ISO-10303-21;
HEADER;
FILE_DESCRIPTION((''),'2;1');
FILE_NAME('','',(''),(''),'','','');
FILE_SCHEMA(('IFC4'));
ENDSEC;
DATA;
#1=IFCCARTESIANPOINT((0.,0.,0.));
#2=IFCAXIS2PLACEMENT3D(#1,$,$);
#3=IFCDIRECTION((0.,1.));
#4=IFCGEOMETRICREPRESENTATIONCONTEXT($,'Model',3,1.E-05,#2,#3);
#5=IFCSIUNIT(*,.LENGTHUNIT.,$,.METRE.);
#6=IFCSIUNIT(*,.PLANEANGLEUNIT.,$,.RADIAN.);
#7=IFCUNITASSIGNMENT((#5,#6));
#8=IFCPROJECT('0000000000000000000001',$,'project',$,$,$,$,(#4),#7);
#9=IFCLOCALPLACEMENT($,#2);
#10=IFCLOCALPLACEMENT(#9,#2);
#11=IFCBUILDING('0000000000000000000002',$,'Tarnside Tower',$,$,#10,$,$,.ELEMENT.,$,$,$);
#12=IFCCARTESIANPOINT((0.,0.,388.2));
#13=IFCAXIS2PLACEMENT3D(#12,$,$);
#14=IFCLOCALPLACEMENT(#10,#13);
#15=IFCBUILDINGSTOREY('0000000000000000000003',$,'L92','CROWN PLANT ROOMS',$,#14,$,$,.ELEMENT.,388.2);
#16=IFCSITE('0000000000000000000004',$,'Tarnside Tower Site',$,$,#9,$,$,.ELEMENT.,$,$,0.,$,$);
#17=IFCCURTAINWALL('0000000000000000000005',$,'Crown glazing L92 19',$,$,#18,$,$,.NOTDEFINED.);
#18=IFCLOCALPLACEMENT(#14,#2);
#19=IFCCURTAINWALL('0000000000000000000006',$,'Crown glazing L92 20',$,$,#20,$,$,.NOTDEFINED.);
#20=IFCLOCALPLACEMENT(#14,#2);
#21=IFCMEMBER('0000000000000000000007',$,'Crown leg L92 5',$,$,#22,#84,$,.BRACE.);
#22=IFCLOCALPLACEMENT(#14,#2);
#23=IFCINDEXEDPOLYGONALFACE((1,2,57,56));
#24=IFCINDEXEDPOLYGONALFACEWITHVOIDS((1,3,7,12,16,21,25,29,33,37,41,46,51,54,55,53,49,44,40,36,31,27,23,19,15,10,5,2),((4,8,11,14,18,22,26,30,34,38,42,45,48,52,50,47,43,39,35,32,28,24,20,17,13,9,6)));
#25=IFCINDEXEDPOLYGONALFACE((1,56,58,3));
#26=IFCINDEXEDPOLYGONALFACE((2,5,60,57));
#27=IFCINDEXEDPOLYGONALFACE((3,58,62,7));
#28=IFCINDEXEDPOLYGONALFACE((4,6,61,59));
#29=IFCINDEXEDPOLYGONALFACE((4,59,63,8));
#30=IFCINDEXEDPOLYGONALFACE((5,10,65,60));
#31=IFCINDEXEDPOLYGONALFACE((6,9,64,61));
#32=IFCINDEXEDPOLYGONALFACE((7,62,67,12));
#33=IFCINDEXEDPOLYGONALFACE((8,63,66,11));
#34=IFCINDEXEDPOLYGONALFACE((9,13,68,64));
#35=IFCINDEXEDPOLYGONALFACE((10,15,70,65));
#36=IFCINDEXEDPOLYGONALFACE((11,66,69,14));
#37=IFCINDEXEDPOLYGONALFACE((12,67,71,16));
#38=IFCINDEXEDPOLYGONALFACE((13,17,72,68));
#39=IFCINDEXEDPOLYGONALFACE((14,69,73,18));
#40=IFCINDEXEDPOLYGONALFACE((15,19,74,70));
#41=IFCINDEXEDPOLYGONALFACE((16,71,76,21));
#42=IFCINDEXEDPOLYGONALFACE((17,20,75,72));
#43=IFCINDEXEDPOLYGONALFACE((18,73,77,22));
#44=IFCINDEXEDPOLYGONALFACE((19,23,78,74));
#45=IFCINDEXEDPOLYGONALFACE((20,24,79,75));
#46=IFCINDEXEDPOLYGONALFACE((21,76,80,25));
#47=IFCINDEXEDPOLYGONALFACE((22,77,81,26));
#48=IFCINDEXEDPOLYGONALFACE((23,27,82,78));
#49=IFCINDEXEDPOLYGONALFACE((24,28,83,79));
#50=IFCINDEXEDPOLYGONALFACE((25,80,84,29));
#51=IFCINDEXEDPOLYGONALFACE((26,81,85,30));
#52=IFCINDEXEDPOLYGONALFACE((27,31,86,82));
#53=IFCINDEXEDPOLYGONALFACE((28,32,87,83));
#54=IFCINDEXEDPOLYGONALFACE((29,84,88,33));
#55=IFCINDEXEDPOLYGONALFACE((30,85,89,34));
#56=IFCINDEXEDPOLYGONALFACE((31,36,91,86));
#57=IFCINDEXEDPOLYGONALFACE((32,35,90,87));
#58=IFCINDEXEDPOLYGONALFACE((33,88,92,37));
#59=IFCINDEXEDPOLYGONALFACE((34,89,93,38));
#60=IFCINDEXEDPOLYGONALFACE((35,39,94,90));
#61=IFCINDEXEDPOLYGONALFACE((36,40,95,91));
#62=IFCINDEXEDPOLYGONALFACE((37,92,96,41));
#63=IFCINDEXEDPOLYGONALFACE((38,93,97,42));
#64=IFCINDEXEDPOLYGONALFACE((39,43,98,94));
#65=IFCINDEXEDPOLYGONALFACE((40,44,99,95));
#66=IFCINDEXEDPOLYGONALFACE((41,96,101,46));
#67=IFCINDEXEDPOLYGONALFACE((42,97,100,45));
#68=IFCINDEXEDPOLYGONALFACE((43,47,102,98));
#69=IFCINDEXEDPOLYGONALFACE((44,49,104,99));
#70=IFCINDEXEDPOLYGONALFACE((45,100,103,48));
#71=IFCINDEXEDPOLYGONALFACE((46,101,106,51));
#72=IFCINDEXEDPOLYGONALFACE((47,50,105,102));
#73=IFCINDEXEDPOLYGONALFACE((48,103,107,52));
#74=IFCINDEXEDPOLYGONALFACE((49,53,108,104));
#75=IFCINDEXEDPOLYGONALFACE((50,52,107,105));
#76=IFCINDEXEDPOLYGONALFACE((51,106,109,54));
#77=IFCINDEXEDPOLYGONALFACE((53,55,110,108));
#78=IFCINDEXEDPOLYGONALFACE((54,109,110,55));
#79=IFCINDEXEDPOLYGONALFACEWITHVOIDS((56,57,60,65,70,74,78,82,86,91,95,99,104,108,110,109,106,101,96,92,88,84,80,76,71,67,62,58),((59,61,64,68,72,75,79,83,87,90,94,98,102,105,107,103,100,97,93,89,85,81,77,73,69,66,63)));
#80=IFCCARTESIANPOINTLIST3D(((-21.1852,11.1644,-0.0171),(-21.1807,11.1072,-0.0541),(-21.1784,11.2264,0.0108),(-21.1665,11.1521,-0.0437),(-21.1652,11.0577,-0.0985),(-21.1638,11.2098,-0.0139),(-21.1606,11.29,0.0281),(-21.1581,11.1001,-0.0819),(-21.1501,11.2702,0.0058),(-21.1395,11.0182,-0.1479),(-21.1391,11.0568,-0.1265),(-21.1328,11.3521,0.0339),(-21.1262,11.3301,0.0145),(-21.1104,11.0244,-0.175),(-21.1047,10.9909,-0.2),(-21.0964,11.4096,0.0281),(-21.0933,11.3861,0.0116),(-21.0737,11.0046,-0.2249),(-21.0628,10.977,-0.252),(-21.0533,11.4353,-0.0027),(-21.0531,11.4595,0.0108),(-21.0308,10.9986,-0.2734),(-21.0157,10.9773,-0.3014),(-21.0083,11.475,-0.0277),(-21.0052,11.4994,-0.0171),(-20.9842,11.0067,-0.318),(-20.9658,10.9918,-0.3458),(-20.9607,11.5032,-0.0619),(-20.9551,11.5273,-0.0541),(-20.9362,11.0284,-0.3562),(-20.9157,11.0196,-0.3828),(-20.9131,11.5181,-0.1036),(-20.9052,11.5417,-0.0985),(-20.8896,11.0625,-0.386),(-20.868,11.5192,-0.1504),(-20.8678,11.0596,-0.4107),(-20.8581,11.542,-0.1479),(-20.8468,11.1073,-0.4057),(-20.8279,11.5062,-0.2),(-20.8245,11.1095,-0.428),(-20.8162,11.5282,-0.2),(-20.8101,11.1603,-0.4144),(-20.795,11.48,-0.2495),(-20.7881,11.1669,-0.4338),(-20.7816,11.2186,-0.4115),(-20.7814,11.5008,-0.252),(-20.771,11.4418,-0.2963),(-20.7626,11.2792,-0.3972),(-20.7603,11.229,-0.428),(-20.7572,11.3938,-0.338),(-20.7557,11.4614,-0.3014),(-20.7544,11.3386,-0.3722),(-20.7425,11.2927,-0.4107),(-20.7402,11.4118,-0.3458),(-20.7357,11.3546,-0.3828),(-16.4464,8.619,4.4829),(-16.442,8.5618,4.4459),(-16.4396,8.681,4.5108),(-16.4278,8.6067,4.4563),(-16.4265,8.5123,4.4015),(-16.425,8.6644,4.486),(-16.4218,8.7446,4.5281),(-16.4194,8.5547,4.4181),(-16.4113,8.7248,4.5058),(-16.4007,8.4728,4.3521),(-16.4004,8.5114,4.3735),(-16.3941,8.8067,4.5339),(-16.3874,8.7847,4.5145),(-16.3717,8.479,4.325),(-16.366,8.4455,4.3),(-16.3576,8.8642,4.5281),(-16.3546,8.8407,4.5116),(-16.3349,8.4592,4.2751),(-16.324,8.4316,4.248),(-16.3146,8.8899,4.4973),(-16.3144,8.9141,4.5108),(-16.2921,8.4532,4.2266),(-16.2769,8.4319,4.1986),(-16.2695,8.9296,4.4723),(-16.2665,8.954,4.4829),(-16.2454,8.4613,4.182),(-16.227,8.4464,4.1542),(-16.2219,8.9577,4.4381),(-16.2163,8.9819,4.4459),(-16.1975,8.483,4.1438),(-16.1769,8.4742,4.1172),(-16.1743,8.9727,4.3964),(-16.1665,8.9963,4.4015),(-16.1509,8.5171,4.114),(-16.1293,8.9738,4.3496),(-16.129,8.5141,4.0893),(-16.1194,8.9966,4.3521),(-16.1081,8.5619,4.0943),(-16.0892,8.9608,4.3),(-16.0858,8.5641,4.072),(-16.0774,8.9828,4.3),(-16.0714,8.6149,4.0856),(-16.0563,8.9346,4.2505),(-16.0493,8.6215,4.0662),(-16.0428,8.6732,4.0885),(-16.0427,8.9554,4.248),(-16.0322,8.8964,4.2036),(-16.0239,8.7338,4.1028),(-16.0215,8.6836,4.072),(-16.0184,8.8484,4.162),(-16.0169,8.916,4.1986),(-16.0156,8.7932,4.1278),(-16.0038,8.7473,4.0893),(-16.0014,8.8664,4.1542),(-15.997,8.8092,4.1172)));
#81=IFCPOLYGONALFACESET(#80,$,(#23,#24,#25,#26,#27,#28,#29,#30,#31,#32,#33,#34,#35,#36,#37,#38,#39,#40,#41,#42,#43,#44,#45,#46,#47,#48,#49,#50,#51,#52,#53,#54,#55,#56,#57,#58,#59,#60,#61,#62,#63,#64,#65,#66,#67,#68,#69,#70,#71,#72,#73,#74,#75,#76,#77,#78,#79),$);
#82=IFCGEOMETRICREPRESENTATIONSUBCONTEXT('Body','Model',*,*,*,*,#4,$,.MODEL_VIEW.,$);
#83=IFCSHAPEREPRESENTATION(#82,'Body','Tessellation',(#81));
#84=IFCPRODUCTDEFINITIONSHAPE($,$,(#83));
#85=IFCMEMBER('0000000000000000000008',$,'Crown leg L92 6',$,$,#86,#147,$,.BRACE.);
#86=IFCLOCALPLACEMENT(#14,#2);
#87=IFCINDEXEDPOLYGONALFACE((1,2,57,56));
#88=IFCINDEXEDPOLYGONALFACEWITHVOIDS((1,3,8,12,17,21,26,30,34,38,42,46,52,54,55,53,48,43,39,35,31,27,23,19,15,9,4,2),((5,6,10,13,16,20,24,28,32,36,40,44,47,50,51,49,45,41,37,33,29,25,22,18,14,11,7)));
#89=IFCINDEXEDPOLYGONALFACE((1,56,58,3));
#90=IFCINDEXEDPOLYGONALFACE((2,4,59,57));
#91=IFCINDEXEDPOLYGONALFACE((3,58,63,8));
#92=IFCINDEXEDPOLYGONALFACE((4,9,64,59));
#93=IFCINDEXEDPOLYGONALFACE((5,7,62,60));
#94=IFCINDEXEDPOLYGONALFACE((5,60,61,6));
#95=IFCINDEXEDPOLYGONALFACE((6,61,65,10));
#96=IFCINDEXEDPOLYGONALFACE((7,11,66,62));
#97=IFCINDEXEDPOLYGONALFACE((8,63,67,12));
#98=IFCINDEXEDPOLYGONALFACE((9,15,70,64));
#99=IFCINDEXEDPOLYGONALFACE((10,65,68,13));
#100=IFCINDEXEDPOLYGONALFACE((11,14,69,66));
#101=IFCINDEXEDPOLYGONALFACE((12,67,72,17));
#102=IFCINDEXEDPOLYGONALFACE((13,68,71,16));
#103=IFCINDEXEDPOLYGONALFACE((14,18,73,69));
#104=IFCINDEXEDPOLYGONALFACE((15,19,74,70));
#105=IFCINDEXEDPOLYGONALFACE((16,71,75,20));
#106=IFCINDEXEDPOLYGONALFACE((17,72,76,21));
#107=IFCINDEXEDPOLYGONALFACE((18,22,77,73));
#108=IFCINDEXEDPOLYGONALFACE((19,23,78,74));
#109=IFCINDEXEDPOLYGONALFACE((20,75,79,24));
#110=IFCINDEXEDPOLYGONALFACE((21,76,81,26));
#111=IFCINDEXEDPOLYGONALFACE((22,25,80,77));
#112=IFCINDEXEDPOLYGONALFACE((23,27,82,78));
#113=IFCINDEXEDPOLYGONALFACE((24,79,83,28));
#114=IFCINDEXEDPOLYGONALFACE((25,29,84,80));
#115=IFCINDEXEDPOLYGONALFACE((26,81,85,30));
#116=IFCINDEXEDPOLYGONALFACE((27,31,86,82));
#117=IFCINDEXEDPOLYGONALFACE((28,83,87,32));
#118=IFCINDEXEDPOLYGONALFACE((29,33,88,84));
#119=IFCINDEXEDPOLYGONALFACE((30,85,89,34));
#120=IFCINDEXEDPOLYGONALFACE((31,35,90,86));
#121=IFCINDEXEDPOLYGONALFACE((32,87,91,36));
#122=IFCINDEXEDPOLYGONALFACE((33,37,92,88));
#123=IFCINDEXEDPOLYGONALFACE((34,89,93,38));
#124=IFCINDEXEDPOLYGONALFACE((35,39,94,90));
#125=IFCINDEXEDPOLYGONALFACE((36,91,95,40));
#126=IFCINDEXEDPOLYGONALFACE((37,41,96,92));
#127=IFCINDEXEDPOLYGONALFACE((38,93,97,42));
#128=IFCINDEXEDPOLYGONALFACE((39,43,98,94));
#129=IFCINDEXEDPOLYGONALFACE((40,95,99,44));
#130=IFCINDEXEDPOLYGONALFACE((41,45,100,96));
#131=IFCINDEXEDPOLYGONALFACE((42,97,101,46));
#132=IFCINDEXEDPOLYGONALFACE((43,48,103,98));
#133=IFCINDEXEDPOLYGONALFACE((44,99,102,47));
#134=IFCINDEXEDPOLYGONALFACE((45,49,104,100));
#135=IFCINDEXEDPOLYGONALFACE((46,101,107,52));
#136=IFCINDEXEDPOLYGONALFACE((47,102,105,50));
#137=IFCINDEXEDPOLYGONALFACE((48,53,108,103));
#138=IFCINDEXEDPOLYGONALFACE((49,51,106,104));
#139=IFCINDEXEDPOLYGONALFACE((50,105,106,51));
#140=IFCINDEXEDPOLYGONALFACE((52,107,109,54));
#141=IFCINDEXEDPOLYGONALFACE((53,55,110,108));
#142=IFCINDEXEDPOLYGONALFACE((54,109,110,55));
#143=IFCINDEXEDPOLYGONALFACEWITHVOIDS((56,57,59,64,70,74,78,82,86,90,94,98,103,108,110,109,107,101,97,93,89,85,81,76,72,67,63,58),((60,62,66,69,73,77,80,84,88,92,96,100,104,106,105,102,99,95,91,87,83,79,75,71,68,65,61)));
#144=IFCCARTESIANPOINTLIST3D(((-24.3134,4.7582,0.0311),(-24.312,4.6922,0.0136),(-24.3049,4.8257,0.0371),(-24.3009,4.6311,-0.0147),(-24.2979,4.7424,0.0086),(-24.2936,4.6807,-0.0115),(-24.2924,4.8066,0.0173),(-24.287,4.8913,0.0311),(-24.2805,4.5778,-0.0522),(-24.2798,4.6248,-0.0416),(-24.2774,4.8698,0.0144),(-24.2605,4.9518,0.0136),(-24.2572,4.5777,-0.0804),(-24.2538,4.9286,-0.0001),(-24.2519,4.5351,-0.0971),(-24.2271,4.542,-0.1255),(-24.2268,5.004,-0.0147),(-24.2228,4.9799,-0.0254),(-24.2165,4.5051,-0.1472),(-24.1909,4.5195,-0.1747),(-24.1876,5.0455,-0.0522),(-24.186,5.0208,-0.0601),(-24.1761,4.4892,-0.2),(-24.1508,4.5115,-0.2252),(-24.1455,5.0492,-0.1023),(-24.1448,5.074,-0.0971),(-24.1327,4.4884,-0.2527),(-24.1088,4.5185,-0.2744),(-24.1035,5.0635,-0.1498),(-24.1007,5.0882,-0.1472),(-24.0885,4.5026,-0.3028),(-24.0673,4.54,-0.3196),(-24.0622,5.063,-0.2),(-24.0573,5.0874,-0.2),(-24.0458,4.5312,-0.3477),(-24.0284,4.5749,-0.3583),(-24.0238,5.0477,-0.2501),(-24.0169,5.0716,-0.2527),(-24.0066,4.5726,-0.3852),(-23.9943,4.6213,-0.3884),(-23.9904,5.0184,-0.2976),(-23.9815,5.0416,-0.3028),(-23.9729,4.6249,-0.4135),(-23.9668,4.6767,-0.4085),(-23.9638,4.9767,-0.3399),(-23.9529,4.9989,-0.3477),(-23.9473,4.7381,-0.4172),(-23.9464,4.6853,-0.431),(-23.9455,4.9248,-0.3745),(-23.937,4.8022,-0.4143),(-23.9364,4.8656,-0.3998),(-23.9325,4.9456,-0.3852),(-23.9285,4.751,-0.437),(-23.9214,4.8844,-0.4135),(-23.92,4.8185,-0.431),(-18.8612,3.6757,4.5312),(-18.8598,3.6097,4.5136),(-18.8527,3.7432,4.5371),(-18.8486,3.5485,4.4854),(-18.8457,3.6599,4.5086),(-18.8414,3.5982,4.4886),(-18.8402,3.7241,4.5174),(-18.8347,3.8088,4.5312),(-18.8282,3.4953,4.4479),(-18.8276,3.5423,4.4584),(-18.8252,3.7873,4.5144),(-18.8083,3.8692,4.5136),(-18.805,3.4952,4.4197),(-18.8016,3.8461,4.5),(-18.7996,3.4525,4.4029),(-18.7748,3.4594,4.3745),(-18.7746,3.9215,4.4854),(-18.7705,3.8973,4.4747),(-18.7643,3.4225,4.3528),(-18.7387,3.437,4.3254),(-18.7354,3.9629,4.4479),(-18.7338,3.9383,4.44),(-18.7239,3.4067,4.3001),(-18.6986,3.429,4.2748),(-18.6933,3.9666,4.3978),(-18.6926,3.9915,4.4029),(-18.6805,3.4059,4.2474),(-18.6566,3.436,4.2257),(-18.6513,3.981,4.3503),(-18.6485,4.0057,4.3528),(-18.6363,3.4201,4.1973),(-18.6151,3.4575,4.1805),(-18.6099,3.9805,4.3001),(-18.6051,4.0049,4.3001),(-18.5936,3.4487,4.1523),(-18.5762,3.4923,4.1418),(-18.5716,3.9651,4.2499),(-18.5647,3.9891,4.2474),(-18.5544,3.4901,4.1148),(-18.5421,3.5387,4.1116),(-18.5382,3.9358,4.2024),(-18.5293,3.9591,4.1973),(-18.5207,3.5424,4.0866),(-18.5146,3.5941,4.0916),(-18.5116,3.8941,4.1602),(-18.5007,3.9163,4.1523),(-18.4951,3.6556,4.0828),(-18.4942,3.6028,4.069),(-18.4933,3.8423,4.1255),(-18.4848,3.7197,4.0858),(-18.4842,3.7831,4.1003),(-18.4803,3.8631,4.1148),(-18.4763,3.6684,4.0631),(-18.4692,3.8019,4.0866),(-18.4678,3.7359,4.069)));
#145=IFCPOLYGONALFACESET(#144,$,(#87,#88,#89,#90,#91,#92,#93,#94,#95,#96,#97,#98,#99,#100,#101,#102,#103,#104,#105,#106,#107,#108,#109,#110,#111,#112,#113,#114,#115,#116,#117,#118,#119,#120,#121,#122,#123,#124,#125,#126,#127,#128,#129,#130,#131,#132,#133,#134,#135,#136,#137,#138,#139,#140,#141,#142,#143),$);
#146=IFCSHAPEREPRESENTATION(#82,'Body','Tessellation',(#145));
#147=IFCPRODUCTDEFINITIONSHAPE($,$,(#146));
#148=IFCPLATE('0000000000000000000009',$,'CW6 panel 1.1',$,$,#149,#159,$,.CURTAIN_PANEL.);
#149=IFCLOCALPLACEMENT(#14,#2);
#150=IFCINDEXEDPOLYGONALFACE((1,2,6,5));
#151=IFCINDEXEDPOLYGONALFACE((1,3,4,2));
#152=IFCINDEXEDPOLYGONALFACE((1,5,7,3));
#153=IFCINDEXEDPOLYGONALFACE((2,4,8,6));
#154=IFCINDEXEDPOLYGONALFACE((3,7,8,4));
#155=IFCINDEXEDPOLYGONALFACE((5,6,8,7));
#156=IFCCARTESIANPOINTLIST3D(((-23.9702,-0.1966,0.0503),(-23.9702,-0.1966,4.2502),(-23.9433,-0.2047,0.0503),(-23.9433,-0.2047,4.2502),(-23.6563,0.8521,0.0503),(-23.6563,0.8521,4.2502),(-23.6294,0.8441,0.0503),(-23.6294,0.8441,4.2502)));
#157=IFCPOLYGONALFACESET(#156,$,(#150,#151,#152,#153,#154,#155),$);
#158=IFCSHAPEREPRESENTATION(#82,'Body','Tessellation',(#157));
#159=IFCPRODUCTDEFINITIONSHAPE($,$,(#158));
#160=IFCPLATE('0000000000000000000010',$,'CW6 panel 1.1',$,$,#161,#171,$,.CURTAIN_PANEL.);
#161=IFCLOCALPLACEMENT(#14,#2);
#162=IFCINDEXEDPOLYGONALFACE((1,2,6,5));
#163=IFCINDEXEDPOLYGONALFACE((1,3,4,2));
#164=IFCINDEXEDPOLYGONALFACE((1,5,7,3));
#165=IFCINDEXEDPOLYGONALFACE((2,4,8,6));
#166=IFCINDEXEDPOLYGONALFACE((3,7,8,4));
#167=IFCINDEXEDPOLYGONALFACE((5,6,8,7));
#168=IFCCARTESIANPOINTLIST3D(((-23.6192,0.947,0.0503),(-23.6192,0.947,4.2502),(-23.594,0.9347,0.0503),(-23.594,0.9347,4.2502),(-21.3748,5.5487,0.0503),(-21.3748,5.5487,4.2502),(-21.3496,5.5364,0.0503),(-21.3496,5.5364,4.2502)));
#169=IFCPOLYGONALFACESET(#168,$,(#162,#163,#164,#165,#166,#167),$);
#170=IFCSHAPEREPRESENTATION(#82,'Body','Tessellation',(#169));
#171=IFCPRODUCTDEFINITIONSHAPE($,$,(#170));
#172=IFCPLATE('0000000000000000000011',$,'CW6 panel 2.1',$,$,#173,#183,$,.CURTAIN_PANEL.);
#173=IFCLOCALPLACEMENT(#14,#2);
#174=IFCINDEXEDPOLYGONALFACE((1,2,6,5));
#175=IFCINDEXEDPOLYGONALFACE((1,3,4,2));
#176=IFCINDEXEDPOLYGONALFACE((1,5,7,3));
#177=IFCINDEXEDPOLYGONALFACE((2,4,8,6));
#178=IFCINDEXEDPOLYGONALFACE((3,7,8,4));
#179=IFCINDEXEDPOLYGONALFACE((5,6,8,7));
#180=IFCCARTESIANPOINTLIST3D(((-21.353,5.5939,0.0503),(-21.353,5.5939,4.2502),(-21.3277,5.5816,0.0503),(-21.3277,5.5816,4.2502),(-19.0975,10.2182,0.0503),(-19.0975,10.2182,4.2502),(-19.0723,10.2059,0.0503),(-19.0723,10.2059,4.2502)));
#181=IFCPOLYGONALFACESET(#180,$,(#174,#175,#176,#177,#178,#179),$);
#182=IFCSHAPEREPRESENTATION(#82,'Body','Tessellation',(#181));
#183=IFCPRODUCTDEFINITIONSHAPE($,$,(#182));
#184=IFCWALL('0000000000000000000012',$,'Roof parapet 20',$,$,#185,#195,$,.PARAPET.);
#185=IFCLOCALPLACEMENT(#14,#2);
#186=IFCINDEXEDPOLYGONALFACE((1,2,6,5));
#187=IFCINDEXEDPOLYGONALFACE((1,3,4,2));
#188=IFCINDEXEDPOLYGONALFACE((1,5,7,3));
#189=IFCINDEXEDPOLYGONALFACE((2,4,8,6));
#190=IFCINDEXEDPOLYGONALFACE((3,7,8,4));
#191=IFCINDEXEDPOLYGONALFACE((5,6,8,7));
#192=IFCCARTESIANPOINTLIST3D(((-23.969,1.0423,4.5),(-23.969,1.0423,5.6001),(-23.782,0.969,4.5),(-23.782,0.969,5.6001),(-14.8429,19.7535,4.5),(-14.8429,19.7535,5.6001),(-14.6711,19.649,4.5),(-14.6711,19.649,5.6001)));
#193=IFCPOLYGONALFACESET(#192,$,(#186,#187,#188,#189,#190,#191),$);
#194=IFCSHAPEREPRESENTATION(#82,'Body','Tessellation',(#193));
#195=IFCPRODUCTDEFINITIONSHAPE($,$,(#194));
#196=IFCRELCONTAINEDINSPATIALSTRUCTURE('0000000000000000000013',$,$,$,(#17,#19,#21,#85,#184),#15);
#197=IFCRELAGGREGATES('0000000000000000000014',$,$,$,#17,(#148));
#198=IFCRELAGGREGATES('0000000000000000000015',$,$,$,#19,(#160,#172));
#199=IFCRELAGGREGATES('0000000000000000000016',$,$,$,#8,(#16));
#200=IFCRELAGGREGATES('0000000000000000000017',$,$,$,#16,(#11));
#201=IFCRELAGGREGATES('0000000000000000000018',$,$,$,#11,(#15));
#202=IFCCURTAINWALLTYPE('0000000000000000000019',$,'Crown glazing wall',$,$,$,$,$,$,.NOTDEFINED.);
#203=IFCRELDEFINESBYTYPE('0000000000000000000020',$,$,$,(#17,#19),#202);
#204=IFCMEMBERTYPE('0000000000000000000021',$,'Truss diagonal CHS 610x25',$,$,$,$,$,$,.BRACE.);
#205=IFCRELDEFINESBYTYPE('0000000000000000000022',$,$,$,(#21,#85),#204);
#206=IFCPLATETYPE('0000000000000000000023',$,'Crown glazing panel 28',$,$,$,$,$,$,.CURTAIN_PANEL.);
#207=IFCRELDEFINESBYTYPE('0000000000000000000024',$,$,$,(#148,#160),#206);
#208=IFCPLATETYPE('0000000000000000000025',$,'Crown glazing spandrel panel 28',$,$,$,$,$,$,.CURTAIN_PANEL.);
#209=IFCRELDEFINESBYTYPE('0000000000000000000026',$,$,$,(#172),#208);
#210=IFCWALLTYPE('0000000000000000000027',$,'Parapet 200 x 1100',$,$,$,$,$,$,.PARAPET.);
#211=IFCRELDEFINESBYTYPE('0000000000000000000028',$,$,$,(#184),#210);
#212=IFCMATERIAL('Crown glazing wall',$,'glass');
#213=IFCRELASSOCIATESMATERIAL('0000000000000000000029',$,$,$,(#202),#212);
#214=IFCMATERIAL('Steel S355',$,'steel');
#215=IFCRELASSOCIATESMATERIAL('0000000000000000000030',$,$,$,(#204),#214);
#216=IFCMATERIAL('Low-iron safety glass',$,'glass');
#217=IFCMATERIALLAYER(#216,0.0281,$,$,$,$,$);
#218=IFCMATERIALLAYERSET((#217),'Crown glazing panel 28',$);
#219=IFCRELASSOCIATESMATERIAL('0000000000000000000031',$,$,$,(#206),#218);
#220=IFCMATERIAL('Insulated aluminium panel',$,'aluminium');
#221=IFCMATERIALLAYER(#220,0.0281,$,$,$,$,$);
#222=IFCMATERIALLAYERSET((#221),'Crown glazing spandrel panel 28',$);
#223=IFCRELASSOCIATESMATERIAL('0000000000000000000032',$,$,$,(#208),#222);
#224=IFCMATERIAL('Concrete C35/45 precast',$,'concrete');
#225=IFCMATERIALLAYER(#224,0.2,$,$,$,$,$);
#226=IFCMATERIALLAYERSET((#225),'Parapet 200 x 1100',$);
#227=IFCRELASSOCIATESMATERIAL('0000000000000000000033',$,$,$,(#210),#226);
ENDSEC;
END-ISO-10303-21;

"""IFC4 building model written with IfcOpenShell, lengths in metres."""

from ifc_helpers import new_model, si_unit, direction, frame, origin, origin_2d, place, context, subcontext, project, spatial, polyline, rectangle, hollow_circle, outline, extrude, material, layer, layer_set, material_profile, profile_set, type_object, element, aggregate, save


model = new_model("IFC4")

# Units and contexts
model_context = context("Model", 3, precision=1e-05, world=origin(), true_north=direction((0.0, 1.0)))
body_context = subcontext(model_context, "Body", "Model", "MODEL_VIEW")
ifc_project = project(units=[si_unit("LENGTHUNIT", "METRE"), si_unit("PLANEANGLEUNIT", "RADIAN")], contexts=[model_context])

# Site, building, storey
site_placement = place(None, origin())
site = spatial("IfcSite", under=ifc_project, at=site_placement, Name="Tarnside Tower Site", CompositionType="ELEMENT", RefElevation=0.0)
building_placement = place(site_placement, origin())
building = spatial("IfcBuilding", under=site, at=building_placement, Name="Tarnside Tower", CompositionType="ELEMENT")
storey_placement = place(building_placement, frame((0.0, 0.0, 388.2)))
storey = spatial("IfcBuildingStorey", under=building, at=storey_placement, Name="L92", Description="CROWN PLANT ROOMS", CompositionType="ELEMENT", Elevation=388.2)

# Curtain wall
ifc_material_1 = material(Name="Crown glazing wall", Category="glass")
curtain_wall_type = type_object("IfcCurtainWallType", Name="Crown glazing wall", PredefinedType="NOTDEFINED", material=ifc_material_1)
curtain_wall_1_placement = place(storey_placement, origin())
curtain_wall_1 = element("IfcCurtainWall", 1, at=curtain_wall_1_placement, inside=storey, type_object=curtain_wall_type, Name="Crown glazing L92 19", PredefinedType="NOTDEFINED")

# Curtain wall
curtain_wall_2_placement = place(storey_placement, origin())
curtain_wall_2 = element("IfcCurtainWall", 2, at=curtain_wall_2_placement, inside=storey, type_object=curtain_wall_type, Name="Crown glazing L92 20", PredefinedType="NOTDEFINED")

# Shared definitions
ifc_material_2 = material(Name="Steel S355", Category="steel")

# Members
ifc_material_profile_1 = material_profile(ifc_material_2, hollow_circle(Radius=0.3049, WallThickness=0.0249, at=origin_2d()), Name="CHS 610x25")
ifc_profile_set_1 = profile_set([ifc_material_profile_1], Name="Steel S355")
member_type_1 = type_object("IfcMemberType", Name="Truss diagonal CHS 610x25", PredefinedType="BRACE", material=ifc_profile_set_1)
member_1_placement = place(storey_placement, frame((-20.9604, 11.2595, -0.2), z_axis=(0.675692, -0.362945, 0.641647), x_axis=(0.473201, 0.880954, 0.0)))
element("IfcMember", 3, at=member_1_placement, inside=storey, type_object=member_type_1, Name="Crown leg L92 5", PredefinedType="BRACE", context=body_context, shape_type="SweptSolid", body=[
    extrude(hollow_circle(Radius=0.3049, WallThickness=0.0249, at=origin_2d()), origin(), (0.0, 0.0, 1.0), 7.0132),
])
member_2_placement = place(storey_placement, frame((-24.1167, 4.7883, -0.2), z_axis=(0.76235, -0.151364, 0.629215), x_axis=(0.194748, 0.980853, 0.0)))
element("IfcMember", 4, at=member_2_placement, inside=storey, type_object=member_type_1, Name="Crown leg L92 6", PredefinedType="BRACE", context=body_context, shape_type="SweptSolid", body=[
    extrude(hollow_circle(Radius=0.3049, WallThickness=0.0249, at=origin_2d()), origin(), (0.0, 0.0, 1.0), 7.1519),
])

# Plates
ifc_material_3 = material(Name="Low-iron safety glass", Category="glass")
ifc_layer_1 = layer(ifc_material_3, 0.0281)
ifc_layer_set_1 = layer_set([ifc_layer_1], Name="Crown glazing panel 28")
plate_type_1 = type_object("IfcPlateType", Name="Crown glazing panel 28", PredefinedType="CURTAIN_PANEL", material=ifc_layer_set_1)
plate_1_placement = place(storey_placement, frame((-23.7998, 0.3237, 0.0503), z_axis=(0.0, 0.0, 1.0), x_axis=(0.286803, 0.95799, 0.0)))
plate_1 = element("IfcPlate", 5, at=plate_1_placement, type_object=plate_type_1, Name="CW6 panel 1.1", PredefinedType="CURTAIN_PANEL", context=body_context, shape_type="SweptSolid", body=[
    extrude(rectangle(XDim=1.0947, YDim=0.0281, at=origin_2d()), origin(), (0.0, 0.0, 1.0), 4.2),
])
aggregate(curtain_wall_1, [plate_1])
plate_2_placement = place(storey_placement, frame((-22.4844, 3.2417, 0.0503), z_axis=(0.0, 0.0, 1.0), x_axis=(0.438371, 0.898794, 0.0)))
plate_2 = element("IfcPlate", 6, at=plate_2_placement, type_object=plate_type_1, Name="CW6 panel 1.1", PredefinedType="CURTAIN_PANEL", context=body_context, shape_type="SweptSolid", body=[
    extrude(rectangle(XDim=5.1199, YDim=0.0281, at=origin_2d()), origin(), (0.0, 0.0, 1.0), 4.2),
])
ifc_material_4 = material(Name="Insulated aluminium panel", Category="aluminium")
ifc_layer_2 = layer(ifc_material_4, 0.0281)
ifc_layer_set_2 = layer_set([ifc_layer_2], Name="Crown glazing spandrel panel 28")
plate_type_2 = type_object("IfcPlateType", Name="Crown glazing spandrel panel 28", PredefinedType="CURTAIN_PANEL", material=ifc_layer_set_2)
plate_3_placement = place(storey_placement, frame((-20.2126, 7.8999, 0.0503), z_axis=(0.0, 0.0, 1.0), x_axis=(0.438371, 0.898794, 0.0)))
plate_3 = element("IfcPlate", 7, at=plate_3_placement, type_object=plate_type_2, Name="CW6 panel 2.1", PredefinedType="CURTAIN_PANEL", context=body_context, shape_type="SweptSolid", body=[
    extrude(rectangle(XDim=5.145, YDim=0.0281, at=origin_2d()), origin(), (0.0, 0.0, 1.0), 4.2),
])
aggregate(curtain_wall_2, [plate_2, plate_3])

# Wall
ifc_material_5 = material(Name="Concrete C35/45 precast", Category="concrete")
ifc_layer_3 = layer(ifc_material_5, 0.2)
ifc_layer_set_3 = layer_set([ifc_layer_3], Name="Parapet 200 x 1100")
wall_type_1 = type_object("IfcWallType", Name="Parapet 200 x 1100", PredefinedType="PARAPET", material=ifc_layer_set_3)
wall_1_placement = place(storey_placement, frame((-23.8755, 1.0056, 4.5), z_axis=(0.0, 0.0, 1.0), x_axis=(0.43837, 0.898795, 0.0)))
element("IfcWall", 8, at=wall_1_placement, inside=storey, type_object=wall_type_1, Name="Roof parapet 20", PredefinedType="PARAPET", context=body_context, shape_type="SweptSolid", body=[
    extrude(outline(polyline([(0.0081, -0.1001), (20.7915, -0.1001), (20.8101, 0.1001), (-0.0081, 0.1001), (0.0081, -0.1001)])), origin(), (0.0, 0.0, 1.0), 1.1001),
])

save(model, "model.ifc")
